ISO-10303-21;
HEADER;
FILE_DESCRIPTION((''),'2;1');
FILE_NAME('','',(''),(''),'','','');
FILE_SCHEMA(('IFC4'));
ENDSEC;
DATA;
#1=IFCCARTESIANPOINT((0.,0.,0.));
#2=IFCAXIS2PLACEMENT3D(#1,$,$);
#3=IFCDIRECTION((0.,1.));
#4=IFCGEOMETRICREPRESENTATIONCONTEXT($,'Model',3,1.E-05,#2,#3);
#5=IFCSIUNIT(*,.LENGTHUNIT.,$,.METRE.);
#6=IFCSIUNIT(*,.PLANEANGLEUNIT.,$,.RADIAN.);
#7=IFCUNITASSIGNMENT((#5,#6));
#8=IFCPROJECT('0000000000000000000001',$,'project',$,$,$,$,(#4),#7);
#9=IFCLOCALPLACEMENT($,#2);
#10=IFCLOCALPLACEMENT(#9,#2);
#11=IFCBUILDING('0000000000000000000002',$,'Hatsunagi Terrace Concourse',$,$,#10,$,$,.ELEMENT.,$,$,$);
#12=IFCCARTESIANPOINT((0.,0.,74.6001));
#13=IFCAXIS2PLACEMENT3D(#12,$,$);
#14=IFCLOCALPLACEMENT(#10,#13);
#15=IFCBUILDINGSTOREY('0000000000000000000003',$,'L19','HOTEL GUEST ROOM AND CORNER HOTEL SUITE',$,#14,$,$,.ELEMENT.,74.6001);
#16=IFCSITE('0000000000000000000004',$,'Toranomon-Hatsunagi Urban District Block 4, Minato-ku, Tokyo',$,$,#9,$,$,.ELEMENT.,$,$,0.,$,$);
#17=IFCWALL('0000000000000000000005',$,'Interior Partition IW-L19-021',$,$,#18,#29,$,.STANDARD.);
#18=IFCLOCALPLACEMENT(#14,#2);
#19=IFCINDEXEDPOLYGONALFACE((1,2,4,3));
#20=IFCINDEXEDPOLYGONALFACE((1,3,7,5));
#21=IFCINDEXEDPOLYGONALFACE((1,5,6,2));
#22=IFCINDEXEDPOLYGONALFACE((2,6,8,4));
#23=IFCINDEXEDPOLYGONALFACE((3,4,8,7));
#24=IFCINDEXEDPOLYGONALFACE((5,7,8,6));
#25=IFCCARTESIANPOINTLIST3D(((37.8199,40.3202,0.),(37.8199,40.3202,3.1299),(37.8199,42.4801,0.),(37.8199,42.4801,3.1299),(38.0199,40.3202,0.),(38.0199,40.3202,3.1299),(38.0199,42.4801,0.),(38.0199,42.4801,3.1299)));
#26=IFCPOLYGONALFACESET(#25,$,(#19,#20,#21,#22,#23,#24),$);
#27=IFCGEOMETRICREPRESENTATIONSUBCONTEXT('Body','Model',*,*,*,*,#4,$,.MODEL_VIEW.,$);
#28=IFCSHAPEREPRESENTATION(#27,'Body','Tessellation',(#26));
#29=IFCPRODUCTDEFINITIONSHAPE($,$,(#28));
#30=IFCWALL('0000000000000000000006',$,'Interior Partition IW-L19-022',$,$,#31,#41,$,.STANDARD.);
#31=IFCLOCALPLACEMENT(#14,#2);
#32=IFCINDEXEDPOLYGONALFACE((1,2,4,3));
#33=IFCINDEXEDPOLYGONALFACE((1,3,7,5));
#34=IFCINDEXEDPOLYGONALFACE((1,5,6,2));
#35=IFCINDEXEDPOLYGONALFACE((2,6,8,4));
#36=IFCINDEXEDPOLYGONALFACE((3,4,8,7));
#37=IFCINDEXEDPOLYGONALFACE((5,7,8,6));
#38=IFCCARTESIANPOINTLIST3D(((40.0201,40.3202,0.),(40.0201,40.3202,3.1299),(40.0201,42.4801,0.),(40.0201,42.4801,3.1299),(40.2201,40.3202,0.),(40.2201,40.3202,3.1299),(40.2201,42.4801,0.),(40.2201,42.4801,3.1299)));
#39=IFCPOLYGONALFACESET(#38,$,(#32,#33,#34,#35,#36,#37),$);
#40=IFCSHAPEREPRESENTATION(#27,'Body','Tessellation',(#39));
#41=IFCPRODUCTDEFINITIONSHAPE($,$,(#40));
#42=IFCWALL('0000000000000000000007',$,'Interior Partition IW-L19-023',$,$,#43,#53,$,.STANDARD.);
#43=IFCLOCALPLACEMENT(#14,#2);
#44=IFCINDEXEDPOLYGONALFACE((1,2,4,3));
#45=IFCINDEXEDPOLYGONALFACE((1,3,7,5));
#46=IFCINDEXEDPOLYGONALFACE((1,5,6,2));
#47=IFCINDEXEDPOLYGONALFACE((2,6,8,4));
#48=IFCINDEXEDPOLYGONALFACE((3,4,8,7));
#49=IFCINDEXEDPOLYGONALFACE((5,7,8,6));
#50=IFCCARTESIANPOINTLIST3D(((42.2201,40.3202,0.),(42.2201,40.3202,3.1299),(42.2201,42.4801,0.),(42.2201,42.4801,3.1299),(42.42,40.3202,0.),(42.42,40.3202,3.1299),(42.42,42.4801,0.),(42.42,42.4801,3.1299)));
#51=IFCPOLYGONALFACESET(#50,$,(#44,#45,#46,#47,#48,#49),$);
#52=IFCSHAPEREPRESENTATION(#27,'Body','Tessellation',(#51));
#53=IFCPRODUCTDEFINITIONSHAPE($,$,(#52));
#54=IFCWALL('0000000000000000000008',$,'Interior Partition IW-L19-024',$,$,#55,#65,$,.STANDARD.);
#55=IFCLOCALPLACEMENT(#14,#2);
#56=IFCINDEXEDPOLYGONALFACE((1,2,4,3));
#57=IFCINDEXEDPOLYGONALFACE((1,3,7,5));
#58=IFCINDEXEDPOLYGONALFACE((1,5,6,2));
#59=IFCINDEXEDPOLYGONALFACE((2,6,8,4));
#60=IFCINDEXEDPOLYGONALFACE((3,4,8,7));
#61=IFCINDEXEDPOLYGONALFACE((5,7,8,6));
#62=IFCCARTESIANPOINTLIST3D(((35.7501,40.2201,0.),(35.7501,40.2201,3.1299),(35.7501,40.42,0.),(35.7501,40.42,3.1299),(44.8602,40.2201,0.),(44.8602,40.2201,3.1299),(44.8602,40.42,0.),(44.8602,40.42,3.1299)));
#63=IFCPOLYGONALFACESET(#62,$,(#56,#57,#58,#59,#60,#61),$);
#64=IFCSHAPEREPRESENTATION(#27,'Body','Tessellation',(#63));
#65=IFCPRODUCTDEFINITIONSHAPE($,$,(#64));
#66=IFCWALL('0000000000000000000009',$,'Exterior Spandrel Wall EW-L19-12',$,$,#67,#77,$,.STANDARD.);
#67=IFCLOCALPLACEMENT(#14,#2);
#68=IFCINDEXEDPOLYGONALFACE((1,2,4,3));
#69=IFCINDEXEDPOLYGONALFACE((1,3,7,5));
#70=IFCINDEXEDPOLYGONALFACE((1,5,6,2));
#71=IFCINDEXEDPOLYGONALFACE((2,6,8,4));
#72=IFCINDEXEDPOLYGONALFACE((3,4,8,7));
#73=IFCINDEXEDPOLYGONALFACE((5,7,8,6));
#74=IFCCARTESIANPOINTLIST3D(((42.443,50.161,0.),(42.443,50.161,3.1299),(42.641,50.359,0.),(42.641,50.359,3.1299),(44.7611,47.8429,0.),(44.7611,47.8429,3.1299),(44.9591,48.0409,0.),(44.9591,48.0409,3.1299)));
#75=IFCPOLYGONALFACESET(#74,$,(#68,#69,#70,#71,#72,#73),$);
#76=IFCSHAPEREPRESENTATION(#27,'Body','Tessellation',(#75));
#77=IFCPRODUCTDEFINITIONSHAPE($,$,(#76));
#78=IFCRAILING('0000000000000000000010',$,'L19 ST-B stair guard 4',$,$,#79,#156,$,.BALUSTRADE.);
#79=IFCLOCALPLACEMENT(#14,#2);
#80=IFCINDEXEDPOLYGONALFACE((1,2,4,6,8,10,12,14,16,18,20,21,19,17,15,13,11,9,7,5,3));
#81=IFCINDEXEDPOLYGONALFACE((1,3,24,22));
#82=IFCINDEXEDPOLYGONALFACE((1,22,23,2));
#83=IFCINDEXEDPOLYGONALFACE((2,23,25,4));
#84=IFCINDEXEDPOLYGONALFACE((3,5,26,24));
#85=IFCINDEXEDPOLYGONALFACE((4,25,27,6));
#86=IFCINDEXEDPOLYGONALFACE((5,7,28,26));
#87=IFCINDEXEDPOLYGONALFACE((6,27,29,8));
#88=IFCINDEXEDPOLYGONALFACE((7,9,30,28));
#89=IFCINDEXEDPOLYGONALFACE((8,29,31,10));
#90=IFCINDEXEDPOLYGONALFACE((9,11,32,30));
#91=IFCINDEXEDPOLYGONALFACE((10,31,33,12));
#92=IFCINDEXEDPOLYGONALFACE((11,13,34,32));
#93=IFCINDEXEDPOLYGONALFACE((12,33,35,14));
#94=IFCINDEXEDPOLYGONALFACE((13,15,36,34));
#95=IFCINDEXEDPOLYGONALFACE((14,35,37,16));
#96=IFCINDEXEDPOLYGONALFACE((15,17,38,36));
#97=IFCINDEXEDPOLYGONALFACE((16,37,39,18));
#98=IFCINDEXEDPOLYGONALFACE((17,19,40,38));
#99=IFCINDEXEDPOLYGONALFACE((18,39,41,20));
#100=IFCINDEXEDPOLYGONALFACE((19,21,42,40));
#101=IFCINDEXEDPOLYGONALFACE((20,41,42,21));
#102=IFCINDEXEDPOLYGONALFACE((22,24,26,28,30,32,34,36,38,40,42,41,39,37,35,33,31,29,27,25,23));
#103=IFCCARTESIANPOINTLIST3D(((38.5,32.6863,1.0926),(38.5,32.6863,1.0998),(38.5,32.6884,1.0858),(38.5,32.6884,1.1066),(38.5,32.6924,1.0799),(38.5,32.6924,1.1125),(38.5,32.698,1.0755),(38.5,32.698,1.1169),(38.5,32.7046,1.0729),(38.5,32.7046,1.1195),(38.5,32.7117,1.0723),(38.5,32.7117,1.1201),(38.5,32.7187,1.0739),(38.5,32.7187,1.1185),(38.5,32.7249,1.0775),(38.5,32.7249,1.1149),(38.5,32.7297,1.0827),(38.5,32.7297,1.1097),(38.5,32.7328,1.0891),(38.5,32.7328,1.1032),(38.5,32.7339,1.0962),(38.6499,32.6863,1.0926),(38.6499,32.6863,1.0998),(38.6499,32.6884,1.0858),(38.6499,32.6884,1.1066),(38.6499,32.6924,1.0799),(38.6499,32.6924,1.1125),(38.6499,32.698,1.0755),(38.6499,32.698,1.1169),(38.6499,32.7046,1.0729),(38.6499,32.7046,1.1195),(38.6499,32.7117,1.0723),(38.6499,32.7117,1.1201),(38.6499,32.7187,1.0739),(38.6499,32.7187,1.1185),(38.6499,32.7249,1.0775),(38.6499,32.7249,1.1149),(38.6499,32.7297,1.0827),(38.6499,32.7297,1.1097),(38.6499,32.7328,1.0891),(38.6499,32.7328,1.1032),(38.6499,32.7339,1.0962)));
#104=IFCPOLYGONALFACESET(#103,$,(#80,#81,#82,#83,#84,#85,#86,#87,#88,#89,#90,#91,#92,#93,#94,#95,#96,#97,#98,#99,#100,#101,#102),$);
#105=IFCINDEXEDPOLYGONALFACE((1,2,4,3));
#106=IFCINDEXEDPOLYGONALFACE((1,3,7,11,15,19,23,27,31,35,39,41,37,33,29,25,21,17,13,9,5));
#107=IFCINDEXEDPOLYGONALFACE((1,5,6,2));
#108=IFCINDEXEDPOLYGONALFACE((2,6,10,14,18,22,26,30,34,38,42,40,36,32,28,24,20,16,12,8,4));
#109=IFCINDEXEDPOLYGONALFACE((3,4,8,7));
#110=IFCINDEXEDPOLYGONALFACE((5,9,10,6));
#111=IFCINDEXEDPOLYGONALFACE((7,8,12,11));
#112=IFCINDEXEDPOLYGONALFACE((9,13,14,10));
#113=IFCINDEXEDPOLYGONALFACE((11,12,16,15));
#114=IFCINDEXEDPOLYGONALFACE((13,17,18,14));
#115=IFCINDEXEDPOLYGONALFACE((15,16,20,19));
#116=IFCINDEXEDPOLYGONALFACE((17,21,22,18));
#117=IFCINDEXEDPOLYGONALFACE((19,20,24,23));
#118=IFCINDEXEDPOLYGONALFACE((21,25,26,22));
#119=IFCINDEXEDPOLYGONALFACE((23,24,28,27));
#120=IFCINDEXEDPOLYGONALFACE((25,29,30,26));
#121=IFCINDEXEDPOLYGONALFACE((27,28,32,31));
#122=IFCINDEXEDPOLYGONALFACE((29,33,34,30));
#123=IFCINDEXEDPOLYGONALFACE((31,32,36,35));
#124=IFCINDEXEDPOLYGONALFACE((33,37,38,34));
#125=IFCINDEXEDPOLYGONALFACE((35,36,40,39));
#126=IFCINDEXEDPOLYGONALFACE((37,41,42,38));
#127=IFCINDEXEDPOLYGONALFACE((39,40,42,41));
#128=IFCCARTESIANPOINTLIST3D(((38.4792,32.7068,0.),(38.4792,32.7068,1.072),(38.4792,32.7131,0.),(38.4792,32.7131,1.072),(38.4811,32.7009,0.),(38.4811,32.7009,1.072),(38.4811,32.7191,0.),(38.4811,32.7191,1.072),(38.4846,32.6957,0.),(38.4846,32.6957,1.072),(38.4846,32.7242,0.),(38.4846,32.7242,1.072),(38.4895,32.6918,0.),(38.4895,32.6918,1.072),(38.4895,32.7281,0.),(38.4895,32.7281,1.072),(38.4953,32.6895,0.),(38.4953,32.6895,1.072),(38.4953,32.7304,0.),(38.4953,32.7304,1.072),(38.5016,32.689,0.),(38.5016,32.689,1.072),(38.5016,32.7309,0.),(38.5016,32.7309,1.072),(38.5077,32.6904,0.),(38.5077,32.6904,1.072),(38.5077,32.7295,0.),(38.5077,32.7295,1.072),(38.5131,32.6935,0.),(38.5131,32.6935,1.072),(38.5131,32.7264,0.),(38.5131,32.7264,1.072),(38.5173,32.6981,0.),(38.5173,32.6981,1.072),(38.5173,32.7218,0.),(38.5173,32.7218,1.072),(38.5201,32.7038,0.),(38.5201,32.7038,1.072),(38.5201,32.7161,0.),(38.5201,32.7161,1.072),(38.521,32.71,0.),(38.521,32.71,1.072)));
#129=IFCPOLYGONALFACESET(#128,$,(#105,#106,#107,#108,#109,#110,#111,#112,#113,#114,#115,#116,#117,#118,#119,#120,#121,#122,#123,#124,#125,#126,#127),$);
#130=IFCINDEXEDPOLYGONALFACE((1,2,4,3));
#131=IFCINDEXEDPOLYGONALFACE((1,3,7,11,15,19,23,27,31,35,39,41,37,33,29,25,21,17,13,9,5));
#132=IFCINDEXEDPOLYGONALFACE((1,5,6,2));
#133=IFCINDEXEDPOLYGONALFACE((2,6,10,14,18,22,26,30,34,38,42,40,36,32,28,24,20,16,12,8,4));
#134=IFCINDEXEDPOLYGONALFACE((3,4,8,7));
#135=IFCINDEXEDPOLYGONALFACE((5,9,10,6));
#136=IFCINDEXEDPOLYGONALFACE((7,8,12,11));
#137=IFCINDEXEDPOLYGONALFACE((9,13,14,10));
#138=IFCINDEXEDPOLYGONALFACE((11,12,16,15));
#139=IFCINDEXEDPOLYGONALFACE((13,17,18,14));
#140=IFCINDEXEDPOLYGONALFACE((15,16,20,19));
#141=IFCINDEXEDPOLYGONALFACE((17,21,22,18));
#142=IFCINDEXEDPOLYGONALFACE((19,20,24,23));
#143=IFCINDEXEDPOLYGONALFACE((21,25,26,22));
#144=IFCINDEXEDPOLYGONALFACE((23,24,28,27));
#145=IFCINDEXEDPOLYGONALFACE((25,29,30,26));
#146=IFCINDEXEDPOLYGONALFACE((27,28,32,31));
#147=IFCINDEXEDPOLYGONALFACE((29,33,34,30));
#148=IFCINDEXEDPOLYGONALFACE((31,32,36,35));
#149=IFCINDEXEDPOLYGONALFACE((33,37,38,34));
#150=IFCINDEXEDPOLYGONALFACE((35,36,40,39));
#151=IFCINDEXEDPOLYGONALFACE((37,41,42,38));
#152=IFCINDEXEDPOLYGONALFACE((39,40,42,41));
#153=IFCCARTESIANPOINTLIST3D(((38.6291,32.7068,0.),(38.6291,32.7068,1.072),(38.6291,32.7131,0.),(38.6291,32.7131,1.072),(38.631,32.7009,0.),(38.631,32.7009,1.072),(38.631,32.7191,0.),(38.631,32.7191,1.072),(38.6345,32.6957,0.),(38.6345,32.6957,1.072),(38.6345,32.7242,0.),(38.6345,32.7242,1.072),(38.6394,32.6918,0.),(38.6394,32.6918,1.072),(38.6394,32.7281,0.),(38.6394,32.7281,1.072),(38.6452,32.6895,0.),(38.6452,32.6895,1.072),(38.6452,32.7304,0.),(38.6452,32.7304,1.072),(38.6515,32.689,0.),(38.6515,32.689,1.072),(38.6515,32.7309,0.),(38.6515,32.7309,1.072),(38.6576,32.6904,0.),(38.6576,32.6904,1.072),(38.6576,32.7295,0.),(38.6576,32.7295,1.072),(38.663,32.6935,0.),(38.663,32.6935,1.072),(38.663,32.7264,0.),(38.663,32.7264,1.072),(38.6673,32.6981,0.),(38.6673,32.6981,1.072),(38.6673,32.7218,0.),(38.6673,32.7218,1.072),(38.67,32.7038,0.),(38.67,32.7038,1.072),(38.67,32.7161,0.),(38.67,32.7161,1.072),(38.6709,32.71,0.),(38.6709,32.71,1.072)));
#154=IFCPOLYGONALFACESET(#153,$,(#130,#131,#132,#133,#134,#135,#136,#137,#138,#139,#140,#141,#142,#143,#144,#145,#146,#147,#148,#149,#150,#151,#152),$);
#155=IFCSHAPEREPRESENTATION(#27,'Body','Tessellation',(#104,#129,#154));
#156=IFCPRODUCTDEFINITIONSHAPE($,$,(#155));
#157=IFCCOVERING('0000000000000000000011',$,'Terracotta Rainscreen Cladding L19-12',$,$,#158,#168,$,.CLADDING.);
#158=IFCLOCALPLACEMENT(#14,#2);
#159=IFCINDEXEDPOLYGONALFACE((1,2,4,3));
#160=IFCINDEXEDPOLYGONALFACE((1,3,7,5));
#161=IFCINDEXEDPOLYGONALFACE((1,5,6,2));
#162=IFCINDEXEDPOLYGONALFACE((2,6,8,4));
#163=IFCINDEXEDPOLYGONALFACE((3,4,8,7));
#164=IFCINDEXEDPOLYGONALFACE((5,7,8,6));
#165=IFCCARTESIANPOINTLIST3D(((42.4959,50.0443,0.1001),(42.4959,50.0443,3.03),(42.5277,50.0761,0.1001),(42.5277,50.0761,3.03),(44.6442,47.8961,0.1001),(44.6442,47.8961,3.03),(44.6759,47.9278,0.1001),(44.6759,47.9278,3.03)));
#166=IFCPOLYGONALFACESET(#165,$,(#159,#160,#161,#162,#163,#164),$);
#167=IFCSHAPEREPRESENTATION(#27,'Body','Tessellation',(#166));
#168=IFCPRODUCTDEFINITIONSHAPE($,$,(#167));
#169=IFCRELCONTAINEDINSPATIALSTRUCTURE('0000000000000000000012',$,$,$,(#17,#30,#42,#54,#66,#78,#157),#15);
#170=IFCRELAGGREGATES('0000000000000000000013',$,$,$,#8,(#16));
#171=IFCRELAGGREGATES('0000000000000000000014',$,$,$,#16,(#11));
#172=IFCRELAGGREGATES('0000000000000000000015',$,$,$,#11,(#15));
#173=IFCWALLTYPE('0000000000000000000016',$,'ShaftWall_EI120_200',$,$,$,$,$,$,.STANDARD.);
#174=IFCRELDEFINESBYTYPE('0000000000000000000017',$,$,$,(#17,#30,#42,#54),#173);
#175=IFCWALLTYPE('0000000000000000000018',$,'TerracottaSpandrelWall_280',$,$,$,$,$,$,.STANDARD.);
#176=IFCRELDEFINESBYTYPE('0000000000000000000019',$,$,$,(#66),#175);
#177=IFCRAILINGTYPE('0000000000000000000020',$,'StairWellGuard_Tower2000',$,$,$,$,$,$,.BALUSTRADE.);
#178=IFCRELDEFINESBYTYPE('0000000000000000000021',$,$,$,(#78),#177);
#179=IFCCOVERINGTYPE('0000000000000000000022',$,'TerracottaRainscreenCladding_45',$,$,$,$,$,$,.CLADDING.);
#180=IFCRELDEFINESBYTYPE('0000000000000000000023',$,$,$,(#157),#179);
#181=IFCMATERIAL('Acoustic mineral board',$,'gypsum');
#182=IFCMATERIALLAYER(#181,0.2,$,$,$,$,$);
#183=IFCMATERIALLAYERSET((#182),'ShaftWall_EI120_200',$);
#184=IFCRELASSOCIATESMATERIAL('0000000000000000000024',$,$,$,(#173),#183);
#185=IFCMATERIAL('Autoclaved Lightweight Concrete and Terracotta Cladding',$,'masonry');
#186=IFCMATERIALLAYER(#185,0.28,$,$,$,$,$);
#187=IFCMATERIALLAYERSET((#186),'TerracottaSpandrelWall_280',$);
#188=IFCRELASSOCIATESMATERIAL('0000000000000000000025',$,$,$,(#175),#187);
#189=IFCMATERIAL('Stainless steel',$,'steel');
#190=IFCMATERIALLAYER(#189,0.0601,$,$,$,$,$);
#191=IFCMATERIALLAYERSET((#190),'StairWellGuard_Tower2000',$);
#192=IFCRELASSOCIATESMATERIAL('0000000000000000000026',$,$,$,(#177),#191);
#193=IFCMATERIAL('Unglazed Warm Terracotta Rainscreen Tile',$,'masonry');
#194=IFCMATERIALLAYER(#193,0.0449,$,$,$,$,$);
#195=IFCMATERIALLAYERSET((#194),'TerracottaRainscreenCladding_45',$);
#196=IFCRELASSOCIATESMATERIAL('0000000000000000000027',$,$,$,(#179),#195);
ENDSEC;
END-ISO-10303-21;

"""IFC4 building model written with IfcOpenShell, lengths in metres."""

from ifc_helpers import new_model, si_unit, direction, frame, frame_2d, origin, origin_2d, place, context, subcontext, project, spatial, rectangle, circle, extrude, material, layer, layer_set, type_object, element, save


model = new_model("IFC4")

# Units and contexts
model_context = context("Model", 3, precision=1e-05, world=origin(), true_north=direction((0.0, 1.0)))
body_context = subcontext(model_context, "Body", "Model", "MODEL_VIEW")
ifc_project = project(units=[si_unit("LENGTHUNIT", "METRE"), si_unit("PLANEANGLEUNIT", "RADIAN")], contexts=[model_context])

# Site, building, storey
site_placement = place(None, origin())
site = spatial("IfcSite", under=ifc_project, at=site_placement, Name="Toranomon-Hatsunagi Urban District Block 4, Minato-ku, Tokyo", CompositionType="ELEMENT", RefElevation=0.0)
building_placement = place(site_placement, origin())
building = spatial("IfcBuilding", under=site, at=building_placement, Name="Hatsunagi Terrace Concourse", CompositionType="ELEMENT")
storey_placement = place(building_placement, frame((0.0, 0.0, 74.6001)))
storey = spatial("IfcBuildingStorey", under=building, at=storey_placement, Name="L19", Description="HOTEL GUEST ROOM AND CORNER HOTEL SUITE", CompositionType="ELEMENT", Elevation=74.6001)

# Shared definitions
ifc_material_1 = material(Name="Acoustic mineral board", Category="gypsum")
ifc_layer_1 = layer(ifc_material_1, 0.2)
ifc_layer_set_1 = layer_set([ifc_layer_1], Name="ShaftWall_EI120_200")
wall_type_1 = type_object("IfcWallType", Name="ShaftWall_EI120_200", PredefinedType="STANDARD", material=ifc_layer_set_1)

# Walls
for number, where, z_axis, x_axis, name in (
    (1, (37.9199, 40.3201, 0.0), (0.0, 0.0, 1.0), (0.0, 1.0, 0.0), "Interior Partition IW-L19-021"),
    (2, (40.1201, 40.3201, 0.0), (0.0, 0.0, 1.0), (0.0, 1.0, 0.0), "Interior Partition IW-L19-022"),
    (3, (42.3201, 40.3201, 0.0), (0.0, 0.0, 1.0), (0.0, 1.0, 0.0), "Interior Partition IW-L19-023"),
):
    element("IfcWall", number, at=place(storey_placement, frame(where, z_axis=z_axis, x_axis=x_axis)), inside=storey, type_object=wall_type_1, Name=name, PredefinedType="STANDARD", context=body_context, shape_type="SweptSolid", body=[
        extrude(rectangle(XDim=2.1599, YDim=0.2, at=frame_2d((1.0801, 0.0))), origin(), (0.0, 0.0, 1.0), 3.1299),
    ])
wall_1_placement = place(storey_placement, frame((35.75, 40.3201, 0.0), z_axis=(0.0, 0.0, 1.0), x_axis=(1.0, 0.0, 0.0)))
element("IfcWall", 4, at=wall_1_placement, inside=storey, type_object=wall_type_1, Name="Interior Partition IW-L19-024", PredefinedType="STANDARD", context=body_context, shape_type="SweptSolid", body=[
    extrude(rectangle(XDim=9.1101, YDim=0.2, at=frame_2d((4.5552, 0.0))), origin(), (0.0, 0.0, 1.0), 3.1299),
])
ifc_material_2 = material(Name="Autoclaved Lightweight Concrete and Terracotta Cladding", Category="masonry")
ifc_layer_2 = layer(ifc_material_2, 0.28)
ifc_layer_set_2 = layer_set([ifc_layer_2], Name="TerracottaSpandrelWall_280")
wall_type_2 = type_object("IfcWallType", Name="TerracottaSpandrelWall_280", PredefinedType="STANDARD", material=ifc_layer_set_2)
wall_2_placement = place(storey_placement, frame((42.542, 50.26, 0.0), z_axis=(0.0, 0.0, 1.0), x_axis=(0.707107, -0.707107, 0.0)))
element("IfcWall", 5, at=wall_2_placement, inside=storey, type_object=wall_type_2, Name="Exterior Spandrel Wall EW-L19-12", PredefinedType="STANDARD", context=body_context, shape_type="SweptSolid", body=[
    extrude(rectangle(XDim=3.2783, YDim=0.28, at=frame_2d((1.6392, 0.0))), origin(), (0.0, 0.0, 1.0), 3.1299),
])

# Railing
ifc_material_3 = material(Name="Stainless steel", Category="steel")
ifc_layer_3 = layer(ifc_material_3, 0.0601)
ifc_layer_set_3 = layer_set([ifc_layer_3], Name="StairWellGuard_Tower2000")
railing_type = type_object("IfcRailingType", Name="StairWellGuard_Tower2000", PredefinedType="BALUSTRADE", material=ifc_layer_set_3)
railing_placement = place(storey_placement, frame((38.5, 32.71, 0.0)))
element("IfcRailing", 6, at=railing_placement, inside=storey, type_object=railing_type, Name="L19 ST-B stair guard 4", PredefinedType="BALUSTRADE", context=body_context, shape_type="SweptSolid", body=[
    extrude(circle(Radius=0.0239, at=origin_2d()), frame((0.0, 0.0, 1.0962), z_axis=(1.0, 0.0, 0.0), x_axis=(0.0, 1.0, 0.0)), (0.0, 0.0, 1.0), 0.1499),
    extrude(circle(Radius=0.021, at=origin_2d()), origin(), (0.0, 0.0, 1.0), 1.072),
    extrude(circle(Radius=0.021, at=origin_2d()), frame((0.1499, 0.0, 0.0)), (0.0, 0.0, 1.0), 1.072),
])

# Covering
ifc_material_4 = material(Name="Unglazed Warm Terracotta Rainscreen Tile", Category="masonry")
ifc_layer_4 = layer(ifc_material_4, 0.0449)
ifc_layer_set_4 = layer_set([ifc_layer_4], Name="TerracottaRainscreenCladding_45")
covering_type = type_object("IfcCoveringType", Name="TerracottaRainscreenCladding_45", PredefinedType="CLADDING", material=ifc_layer_set_4)
covering_placement = place(storey_placement, frame((43.5859, 48.9861, 0.1001), z_axis=(0.0, 0.0, 1.0), x_axis=(0.707107, -0.707107, 0.0)))
element("IfcCovering", 7, at=covering_placement, inside=storey, type_object=covering_type, Name="Terracotta Rainscreen Cladding L19-12", PredefinedType="CLADDING", context=body_context, shape_type="SweptSolid", body=[
    extrude(rectangle(XDim=3.0381, YDim=0.0449, at=origin_2d()), origin(), (0.0, 0.0, 1.0), 2.9299),
])

save(model, "model.ifc")
